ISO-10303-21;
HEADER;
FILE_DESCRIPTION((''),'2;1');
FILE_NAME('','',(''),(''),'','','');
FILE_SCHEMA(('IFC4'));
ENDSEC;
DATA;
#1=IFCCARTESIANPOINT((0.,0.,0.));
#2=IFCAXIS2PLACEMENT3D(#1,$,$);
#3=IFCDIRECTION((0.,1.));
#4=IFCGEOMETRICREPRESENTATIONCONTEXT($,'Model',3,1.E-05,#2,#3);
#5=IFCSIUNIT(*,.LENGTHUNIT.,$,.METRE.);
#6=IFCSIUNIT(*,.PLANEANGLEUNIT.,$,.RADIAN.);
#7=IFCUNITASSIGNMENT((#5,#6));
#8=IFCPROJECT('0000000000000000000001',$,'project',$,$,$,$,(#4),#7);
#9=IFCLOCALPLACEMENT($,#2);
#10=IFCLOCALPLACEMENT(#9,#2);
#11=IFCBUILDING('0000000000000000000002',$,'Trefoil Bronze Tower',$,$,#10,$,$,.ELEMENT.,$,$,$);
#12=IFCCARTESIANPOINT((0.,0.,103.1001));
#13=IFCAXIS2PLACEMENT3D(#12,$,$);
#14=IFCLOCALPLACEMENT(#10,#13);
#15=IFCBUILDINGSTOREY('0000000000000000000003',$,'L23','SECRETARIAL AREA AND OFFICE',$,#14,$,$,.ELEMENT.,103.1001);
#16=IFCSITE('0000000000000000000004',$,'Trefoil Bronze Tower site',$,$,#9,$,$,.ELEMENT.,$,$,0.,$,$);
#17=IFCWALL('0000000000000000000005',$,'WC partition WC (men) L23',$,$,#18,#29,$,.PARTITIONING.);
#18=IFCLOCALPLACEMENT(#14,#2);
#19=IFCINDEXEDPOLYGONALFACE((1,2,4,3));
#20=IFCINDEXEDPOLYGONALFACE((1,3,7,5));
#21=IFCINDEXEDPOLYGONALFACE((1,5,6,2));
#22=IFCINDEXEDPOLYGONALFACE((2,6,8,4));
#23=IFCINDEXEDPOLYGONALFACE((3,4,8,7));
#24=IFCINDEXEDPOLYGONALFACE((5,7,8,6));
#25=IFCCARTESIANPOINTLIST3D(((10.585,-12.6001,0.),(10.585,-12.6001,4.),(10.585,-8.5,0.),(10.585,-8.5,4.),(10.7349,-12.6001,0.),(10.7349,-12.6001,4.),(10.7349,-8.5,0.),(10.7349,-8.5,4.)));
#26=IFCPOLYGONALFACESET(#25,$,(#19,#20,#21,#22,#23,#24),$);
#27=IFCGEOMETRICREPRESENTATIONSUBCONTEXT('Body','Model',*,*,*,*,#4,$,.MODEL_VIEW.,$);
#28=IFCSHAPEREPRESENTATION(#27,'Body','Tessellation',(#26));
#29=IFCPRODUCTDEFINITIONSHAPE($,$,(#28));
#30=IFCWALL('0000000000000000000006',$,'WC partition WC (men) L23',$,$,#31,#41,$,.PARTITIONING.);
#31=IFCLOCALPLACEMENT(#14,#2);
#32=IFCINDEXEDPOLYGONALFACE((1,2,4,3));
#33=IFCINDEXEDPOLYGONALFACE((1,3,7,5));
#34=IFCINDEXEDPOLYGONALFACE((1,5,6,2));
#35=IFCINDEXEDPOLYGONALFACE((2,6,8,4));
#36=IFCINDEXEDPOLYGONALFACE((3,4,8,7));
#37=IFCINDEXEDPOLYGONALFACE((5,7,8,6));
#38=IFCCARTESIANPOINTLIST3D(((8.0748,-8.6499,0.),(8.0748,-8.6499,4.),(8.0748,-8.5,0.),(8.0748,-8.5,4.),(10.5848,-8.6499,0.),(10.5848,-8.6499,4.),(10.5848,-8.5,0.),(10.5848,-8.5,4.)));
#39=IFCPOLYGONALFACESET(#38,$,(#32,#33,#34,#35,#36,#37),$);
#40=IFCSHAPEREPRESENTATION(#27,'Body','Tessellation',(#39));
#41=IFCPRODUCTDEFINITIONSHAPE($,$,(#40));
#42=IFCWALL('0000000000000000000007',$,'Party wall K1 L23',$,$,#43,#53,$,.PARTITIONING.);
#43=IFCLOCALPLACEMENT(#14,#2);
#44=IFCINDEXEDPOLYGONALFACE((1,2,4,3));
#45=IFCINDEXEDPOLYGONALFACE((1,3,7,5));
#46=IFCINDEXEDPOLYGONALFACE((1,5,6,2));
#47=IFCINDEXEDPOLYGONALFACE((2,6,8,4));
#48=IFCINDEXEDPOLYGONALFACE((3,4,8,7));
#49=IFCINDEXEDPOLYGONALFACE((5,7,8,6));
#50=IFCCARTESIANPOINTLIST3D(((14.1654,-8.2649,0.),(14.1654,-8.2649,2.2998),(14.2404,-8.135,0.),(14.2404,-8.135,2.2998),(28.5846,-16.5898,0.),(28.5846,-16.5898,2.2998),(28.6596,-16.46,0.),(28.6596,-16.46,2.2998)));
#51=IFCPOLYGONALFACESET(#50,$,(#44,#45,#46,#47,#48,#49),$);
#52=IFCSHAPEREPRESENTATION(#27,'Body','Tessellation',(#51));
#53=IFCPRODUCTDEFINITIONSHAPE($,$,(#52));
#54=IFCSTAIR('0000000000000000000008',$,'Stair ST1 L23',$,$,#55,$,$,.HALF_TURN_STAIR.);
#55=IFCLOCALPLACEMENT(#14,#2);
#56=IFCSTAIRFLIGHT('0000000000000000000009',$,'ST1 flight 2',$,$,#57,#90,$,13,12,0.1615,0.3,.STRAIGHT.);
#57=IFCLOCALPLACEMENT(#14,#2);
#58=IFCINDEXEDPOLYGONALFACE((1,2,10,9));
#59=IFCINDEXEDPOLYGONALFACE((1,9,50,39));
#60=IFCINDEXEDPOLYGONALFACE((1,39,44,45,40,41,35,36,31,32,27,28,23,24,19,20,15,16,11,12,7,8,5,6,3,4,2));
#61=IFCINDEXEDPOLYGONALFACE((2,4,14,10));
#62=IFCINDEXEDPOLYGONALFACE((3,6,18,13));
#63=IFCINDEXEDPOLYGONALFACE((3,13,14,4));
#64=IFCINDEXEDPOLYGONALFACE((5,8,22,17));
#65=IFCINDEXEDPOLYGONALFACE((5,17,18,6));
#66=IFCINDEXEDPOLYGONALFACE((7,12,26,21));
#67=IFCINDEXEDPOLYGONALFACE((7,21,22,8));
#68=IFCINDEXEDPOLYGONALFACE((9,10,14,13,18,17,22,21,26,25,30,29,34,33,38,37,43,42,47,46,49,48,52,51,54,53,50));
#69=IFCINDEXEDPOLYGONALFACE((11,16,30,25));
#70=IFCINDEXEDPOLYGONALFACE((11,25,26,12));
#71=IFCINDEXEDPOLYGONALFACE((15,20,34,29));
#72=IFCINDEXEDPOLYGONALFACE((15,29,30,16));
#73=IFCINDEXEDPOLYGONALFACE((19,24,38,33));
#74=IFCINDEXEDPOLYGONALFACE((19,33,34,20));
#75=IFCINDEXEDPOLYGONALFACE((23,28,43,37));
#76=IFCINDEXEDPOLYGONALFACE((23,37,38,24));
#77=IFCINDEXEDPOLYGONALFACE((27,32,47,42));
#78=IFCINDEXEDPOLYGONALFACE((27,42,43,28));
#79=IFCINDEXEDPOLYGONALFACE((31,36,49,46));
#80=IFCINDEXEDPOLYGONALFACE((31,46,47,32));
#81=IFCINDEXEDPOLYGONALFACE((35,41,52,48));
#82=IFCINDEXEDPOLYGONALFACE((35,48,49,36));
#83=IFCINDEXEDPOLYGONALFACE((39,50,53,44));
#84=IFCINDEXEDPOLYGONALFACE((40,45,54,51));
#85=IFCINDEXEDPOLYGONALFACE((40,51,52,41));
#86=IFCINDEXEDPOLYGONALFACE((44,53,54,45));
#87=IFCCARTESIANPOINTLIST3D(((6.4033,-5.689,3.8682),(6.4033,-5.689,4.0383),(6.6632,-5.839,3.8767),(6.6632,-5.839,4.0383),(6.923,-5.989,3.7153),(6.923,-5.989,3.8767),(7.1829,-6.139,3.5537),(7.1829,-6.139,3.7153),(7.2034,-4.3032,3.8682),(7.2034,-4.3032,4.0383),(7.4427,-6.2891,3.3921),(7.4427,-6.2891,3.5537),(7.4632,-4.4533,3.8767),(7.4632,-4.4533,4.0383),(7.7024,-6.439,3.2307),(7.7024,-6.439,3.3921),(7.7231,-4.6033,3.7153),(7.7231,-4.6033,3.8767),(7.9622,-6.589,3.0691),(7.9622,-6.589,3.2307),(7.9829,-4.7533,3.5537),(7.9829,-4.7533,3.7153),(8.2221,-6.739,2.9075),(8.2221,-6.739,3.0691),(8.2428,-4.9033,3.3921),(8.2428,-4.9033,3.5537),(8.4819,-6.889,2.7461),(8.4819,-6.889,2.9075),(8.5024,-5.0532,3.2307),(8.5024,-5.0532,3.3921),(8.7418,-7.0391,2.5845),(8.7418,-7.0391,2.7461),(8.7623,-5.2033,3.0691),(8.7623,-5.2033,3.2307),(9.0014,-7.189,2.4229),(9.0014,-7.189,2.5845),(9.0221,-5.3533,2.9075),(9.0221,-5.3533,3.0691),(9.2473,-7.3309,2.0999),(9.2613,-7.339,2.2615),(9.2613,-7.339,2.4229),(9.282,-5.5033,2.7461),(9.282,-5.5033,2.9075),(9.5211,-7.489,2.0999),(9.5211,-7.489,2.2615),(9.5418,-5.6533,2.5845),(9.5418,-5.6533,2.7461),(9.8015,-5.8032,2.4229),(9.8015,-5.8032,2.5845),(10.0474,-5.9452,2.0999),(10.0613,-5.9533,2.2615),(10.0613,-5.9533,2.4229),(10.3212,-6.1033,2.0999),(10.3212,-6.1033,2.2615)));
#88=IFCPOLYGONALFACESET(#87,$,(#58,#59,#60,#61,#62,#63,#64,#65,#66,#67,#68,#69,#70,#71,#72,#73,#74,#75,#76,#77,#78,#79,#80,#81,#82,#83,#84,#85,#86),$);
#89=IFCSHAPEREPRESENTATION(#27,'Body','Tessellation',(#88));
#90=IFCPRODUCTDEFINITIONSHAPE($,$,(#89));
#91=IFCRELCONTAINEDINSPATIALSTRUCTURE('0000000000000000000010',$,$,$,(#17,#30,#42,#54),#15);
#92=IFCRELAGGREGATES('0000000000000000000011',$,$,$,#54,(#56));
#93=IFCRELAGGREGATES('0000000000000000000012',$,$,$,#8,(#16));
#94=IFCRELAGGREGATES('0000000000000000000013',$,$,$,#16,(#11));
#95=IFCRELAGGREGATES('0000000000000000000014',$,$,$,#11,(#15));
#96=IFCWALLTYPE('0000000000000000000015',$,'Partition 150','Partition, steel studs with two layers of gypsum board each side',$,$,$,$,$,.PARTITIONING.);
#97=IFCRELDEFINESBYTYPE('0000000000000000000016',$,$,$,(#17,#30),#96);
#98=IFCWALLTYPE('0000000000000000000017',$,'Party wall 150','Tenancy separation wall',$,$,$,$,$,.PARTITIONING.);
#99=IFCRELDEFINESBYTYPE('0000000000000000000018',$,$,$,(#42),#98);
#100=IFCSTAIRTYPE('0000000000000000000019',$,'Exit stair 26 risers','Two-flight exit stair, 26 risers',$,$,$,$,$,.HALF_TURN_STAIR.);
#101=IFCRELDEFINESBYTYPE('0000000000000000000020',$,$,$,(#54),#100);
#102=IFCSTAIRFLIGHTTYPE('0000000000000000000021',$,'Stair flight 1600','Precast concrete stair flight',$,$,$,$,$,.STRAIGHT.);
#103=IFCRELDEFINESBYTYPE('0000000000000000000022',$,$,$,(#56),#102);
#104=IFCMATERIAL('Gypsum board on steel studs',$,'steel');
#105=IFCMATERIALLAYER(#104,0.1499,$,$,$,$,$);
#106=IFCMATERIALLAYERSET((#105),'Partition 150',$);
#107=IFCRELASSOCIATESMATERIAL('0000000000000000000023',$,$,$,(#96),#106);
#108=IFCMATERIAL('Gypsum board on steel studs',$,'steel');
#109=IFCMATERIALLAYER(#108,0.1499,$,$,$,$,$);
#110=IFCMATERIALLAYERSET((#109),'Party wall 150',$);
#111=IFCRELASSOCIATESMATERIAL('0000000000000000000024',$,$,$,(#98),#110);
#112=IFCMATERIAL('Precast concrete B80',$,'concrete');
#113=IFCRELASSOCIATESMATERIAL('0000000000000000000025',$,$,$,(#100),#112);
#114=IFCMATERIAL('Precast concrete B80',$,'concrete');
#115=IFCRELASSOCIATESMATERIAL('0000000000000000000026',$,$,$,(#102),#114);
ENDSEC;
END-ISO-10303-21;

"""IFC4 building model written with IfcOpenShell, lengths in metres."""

from ifc_helpers import new_model, si_unit, direction, frame, frame_2d, origin, place, context, subcontext, project, spatial, polyline, rectangle, outline, extrude, material, layer, layer_set, type_object, element, aggregate, save


model = new_model("IFC4")

# Units and contexts
model_context = context("Model", 3, precision=1e-05, world=origin(), true_north=direction((0.0, 1.0)))
body_context = subcontext(model_context, "Body", "Model", "MODEL_VIEW")
ifc_project = project(units=[si_unit("LENGTHUNIT", "METRE"), si_unit("PLANEANGLEUNIT", "RADIAN")], contexts=[model_context])

# Site, building, storey
site_placement = place(None, origin())
site = spatial("IfcSite", under=ifc_project, at=site_placement, Name="Trefoil Bronze Tower site", CompositionType="ELEMENT", RefElevation=0.0)
building_placement = place(site_placement, origin())
building = spatial("IfcBuilding", under=site, at=building_placement, Name="Trefoil Bronze Tower", CompositionType="ELEMENT")
storey_placement = place(building_placement, frame((0.0, 0.0, 103.1001)))
storey = spatial("IfcBuildingStorey", under=building, at=storey_placement, Name="L23", Description="SECRETARIAL AREA AND OFFICE", CompositionType="ELEMENT", Elevation=103.1001)

# Shared definitions
ifc_material_1 = material(Name="Gypsum board on steel studs", Category="steel")
ifc_layer_1 = layer(ifc_material_1, 0.1499)
ifc_layer_set_1 = layer_set([ifc_layer_1], Name="Partition 150")
wall_type_1 = type_object("IfcWallType", Name="Partition 150", Description="Partition, steel studs with two layers of gypsum board each side", PredefinedType="PARTITIONING", material=ifc_layer_set_1)

# Walls
wall_1_placement = place(storey_placement, frame((10.6599, -8.5, 0.0), z_axis=(0.0, 0.0, 1.0), x_axis=(0.0, -1.0, 0.0)))
element("IfcWall", 1, at=wall_1_placement, inside=storey, type_object=wall_type_1, Name="WC partition WC (men) L23", PredefinedType="PARTITIONING", context=body_context, shape_type="SweptSolid", body=[
    extrude(rectangle(XDim=4.1001, YDim=0.1499, at=frame_2d((2.05, 0.0))), origin(), (0.0, 0.0, 1.0), 4.0),
])
wall_2_placement = place(storey_placement, frame((8.075, -8.575, 0.0), z_axis=(0.0, 0.0, 1.0), x_axis=(1.0, 0.0, 0.0)))
element("IfcWall", 2, at=wall_2_placement, inside=storey, type_object=wall_type_1, Name="WC partition WC (men) L23", PredefinedType="PARTITIONING", context=body_context, shape_type="SweptSolid", body=[
    extrude(rectangle(XDim=2.51, YDim=0.1499, at=frame_2d((1.2549, 0.0))), origin(), (0.0, 0.0, 1.0), 4.0),
])
ifc_material_2 = material(Name="Gypsum board on steel studs", Category="steel")
ifc_layer_2 = layer(ifc_material_2, 0.1499)
ifc_layer_set_2 = layer_set([ifc_layer_2], Name="Party wall 150")
wall_type_2 = type_object("IfcWallType", Name="Party wall 150", Description="Tenancy separation wall", PredefinedType="PARTITIONING", material=ifc_layer_set_2)
wall_3_placement = place(storey_placement, frame((14.2029, -8.2, 0.0), z_axis=(0.0, 0.0, 1.0), x_axis=(0.866025, -0.500001, 0.0)))
element("IfcWall", 3, at=wall_3_placement, inside=storey, type_object=wall_type_2, Name="Party wall K1 L23", PredefinedType="PARTITIONING", context=body_context, shape_type="SweptSolid", body=[
    extrude(rectangle(XDim=16.6499, YDim=0.1499, at=frame_2d((8.325, 0.0))), origin(), (0.0, 0.0, 1.0), 2.2998),
])

# Stair, stair flight
ifc_material_3 = material(Name="Precast concrete B80", Category="concrete")
stair_type = type_object("IfcStairType", Name="Exit stair 26 risers", Description="Two-flight exit stair, 26 risers", PredefinedType="HALF_TURN_STAIR", material=ifc_material_3)
stair_placement = place(storey_placement, origin())
stair = element("IfcStair", 4, at=stair_placement, inside=storey, type_object=stair_type, Name="Stair ST1 L23", PredefinedType="HALF_TURN_STAIR")
ifc_material_4 = material(Name="Precast concrete B80", Category="concrete")
stair_flight_type = type_object("IfcStairFlightType", Name="Stair flight 1600", Description="Precast concrete stair flight", PredefinedType="STRAIGHT", material=ifc_material_4)
stair_flight_placement = place(storey_placement, frame((9.9211, -6.7961, 2.0999), z_axis=(0.0, 0.0, 1.0), x_axis=(-0.866025, 0.5, 0.0)))
stair_flight = element("IfcStairFlight", 5, at=stair_flight_placement, type_object=stair_flight_type, Name="ST1 flight 2", NumberOfRisers=13, NumberOfTreads=12, PredefinedType="STRAIGHT", RiserHeight=0.1615, TreadLength=0.3, context=body_context, shape_type="SweptSolid", body=[
    extrude(outline(polyline([(0.0, 0.0), (0.0, 0.1616), (0.3, 0.1616), (0.3, 0.323), (0.6001, 0.323), (0.6001, 0.4846), (0.8999, 0.4846), (0.8999, 0.6462), (1.2, 0.6462), (1.2, 0.8076), (1.5, 0.8076), (1.5, 0.9692), (1.8, 0.9692), (1.8, 1.1309), (2.1001, 1.1309), (2.1001, 1.2922), (2.3999, 1.2922), (2.3999, 1.4539), (2.7, 1.4539), (2.7, 1.6155), (3.0, 1.6155), (3.0, 1.7769), (3.3, 1.7769), (3.3, 1.9385), (3.6001, 1.9385), (3.6001, 2.1001), (3.6001, 1.7683), (0.3162, 0.0), (0.0, 0.0)])), frame((0.0, 0.8, 0.0), z_axis=(0.0, -1.0, 0.0), x_axis=(1.0, 0.0, 0.0)), (0.0, 0.0, 1.0), 1.6001),
])
aggregate(stair, [stair_flight])

save(model, "model.ifc")
